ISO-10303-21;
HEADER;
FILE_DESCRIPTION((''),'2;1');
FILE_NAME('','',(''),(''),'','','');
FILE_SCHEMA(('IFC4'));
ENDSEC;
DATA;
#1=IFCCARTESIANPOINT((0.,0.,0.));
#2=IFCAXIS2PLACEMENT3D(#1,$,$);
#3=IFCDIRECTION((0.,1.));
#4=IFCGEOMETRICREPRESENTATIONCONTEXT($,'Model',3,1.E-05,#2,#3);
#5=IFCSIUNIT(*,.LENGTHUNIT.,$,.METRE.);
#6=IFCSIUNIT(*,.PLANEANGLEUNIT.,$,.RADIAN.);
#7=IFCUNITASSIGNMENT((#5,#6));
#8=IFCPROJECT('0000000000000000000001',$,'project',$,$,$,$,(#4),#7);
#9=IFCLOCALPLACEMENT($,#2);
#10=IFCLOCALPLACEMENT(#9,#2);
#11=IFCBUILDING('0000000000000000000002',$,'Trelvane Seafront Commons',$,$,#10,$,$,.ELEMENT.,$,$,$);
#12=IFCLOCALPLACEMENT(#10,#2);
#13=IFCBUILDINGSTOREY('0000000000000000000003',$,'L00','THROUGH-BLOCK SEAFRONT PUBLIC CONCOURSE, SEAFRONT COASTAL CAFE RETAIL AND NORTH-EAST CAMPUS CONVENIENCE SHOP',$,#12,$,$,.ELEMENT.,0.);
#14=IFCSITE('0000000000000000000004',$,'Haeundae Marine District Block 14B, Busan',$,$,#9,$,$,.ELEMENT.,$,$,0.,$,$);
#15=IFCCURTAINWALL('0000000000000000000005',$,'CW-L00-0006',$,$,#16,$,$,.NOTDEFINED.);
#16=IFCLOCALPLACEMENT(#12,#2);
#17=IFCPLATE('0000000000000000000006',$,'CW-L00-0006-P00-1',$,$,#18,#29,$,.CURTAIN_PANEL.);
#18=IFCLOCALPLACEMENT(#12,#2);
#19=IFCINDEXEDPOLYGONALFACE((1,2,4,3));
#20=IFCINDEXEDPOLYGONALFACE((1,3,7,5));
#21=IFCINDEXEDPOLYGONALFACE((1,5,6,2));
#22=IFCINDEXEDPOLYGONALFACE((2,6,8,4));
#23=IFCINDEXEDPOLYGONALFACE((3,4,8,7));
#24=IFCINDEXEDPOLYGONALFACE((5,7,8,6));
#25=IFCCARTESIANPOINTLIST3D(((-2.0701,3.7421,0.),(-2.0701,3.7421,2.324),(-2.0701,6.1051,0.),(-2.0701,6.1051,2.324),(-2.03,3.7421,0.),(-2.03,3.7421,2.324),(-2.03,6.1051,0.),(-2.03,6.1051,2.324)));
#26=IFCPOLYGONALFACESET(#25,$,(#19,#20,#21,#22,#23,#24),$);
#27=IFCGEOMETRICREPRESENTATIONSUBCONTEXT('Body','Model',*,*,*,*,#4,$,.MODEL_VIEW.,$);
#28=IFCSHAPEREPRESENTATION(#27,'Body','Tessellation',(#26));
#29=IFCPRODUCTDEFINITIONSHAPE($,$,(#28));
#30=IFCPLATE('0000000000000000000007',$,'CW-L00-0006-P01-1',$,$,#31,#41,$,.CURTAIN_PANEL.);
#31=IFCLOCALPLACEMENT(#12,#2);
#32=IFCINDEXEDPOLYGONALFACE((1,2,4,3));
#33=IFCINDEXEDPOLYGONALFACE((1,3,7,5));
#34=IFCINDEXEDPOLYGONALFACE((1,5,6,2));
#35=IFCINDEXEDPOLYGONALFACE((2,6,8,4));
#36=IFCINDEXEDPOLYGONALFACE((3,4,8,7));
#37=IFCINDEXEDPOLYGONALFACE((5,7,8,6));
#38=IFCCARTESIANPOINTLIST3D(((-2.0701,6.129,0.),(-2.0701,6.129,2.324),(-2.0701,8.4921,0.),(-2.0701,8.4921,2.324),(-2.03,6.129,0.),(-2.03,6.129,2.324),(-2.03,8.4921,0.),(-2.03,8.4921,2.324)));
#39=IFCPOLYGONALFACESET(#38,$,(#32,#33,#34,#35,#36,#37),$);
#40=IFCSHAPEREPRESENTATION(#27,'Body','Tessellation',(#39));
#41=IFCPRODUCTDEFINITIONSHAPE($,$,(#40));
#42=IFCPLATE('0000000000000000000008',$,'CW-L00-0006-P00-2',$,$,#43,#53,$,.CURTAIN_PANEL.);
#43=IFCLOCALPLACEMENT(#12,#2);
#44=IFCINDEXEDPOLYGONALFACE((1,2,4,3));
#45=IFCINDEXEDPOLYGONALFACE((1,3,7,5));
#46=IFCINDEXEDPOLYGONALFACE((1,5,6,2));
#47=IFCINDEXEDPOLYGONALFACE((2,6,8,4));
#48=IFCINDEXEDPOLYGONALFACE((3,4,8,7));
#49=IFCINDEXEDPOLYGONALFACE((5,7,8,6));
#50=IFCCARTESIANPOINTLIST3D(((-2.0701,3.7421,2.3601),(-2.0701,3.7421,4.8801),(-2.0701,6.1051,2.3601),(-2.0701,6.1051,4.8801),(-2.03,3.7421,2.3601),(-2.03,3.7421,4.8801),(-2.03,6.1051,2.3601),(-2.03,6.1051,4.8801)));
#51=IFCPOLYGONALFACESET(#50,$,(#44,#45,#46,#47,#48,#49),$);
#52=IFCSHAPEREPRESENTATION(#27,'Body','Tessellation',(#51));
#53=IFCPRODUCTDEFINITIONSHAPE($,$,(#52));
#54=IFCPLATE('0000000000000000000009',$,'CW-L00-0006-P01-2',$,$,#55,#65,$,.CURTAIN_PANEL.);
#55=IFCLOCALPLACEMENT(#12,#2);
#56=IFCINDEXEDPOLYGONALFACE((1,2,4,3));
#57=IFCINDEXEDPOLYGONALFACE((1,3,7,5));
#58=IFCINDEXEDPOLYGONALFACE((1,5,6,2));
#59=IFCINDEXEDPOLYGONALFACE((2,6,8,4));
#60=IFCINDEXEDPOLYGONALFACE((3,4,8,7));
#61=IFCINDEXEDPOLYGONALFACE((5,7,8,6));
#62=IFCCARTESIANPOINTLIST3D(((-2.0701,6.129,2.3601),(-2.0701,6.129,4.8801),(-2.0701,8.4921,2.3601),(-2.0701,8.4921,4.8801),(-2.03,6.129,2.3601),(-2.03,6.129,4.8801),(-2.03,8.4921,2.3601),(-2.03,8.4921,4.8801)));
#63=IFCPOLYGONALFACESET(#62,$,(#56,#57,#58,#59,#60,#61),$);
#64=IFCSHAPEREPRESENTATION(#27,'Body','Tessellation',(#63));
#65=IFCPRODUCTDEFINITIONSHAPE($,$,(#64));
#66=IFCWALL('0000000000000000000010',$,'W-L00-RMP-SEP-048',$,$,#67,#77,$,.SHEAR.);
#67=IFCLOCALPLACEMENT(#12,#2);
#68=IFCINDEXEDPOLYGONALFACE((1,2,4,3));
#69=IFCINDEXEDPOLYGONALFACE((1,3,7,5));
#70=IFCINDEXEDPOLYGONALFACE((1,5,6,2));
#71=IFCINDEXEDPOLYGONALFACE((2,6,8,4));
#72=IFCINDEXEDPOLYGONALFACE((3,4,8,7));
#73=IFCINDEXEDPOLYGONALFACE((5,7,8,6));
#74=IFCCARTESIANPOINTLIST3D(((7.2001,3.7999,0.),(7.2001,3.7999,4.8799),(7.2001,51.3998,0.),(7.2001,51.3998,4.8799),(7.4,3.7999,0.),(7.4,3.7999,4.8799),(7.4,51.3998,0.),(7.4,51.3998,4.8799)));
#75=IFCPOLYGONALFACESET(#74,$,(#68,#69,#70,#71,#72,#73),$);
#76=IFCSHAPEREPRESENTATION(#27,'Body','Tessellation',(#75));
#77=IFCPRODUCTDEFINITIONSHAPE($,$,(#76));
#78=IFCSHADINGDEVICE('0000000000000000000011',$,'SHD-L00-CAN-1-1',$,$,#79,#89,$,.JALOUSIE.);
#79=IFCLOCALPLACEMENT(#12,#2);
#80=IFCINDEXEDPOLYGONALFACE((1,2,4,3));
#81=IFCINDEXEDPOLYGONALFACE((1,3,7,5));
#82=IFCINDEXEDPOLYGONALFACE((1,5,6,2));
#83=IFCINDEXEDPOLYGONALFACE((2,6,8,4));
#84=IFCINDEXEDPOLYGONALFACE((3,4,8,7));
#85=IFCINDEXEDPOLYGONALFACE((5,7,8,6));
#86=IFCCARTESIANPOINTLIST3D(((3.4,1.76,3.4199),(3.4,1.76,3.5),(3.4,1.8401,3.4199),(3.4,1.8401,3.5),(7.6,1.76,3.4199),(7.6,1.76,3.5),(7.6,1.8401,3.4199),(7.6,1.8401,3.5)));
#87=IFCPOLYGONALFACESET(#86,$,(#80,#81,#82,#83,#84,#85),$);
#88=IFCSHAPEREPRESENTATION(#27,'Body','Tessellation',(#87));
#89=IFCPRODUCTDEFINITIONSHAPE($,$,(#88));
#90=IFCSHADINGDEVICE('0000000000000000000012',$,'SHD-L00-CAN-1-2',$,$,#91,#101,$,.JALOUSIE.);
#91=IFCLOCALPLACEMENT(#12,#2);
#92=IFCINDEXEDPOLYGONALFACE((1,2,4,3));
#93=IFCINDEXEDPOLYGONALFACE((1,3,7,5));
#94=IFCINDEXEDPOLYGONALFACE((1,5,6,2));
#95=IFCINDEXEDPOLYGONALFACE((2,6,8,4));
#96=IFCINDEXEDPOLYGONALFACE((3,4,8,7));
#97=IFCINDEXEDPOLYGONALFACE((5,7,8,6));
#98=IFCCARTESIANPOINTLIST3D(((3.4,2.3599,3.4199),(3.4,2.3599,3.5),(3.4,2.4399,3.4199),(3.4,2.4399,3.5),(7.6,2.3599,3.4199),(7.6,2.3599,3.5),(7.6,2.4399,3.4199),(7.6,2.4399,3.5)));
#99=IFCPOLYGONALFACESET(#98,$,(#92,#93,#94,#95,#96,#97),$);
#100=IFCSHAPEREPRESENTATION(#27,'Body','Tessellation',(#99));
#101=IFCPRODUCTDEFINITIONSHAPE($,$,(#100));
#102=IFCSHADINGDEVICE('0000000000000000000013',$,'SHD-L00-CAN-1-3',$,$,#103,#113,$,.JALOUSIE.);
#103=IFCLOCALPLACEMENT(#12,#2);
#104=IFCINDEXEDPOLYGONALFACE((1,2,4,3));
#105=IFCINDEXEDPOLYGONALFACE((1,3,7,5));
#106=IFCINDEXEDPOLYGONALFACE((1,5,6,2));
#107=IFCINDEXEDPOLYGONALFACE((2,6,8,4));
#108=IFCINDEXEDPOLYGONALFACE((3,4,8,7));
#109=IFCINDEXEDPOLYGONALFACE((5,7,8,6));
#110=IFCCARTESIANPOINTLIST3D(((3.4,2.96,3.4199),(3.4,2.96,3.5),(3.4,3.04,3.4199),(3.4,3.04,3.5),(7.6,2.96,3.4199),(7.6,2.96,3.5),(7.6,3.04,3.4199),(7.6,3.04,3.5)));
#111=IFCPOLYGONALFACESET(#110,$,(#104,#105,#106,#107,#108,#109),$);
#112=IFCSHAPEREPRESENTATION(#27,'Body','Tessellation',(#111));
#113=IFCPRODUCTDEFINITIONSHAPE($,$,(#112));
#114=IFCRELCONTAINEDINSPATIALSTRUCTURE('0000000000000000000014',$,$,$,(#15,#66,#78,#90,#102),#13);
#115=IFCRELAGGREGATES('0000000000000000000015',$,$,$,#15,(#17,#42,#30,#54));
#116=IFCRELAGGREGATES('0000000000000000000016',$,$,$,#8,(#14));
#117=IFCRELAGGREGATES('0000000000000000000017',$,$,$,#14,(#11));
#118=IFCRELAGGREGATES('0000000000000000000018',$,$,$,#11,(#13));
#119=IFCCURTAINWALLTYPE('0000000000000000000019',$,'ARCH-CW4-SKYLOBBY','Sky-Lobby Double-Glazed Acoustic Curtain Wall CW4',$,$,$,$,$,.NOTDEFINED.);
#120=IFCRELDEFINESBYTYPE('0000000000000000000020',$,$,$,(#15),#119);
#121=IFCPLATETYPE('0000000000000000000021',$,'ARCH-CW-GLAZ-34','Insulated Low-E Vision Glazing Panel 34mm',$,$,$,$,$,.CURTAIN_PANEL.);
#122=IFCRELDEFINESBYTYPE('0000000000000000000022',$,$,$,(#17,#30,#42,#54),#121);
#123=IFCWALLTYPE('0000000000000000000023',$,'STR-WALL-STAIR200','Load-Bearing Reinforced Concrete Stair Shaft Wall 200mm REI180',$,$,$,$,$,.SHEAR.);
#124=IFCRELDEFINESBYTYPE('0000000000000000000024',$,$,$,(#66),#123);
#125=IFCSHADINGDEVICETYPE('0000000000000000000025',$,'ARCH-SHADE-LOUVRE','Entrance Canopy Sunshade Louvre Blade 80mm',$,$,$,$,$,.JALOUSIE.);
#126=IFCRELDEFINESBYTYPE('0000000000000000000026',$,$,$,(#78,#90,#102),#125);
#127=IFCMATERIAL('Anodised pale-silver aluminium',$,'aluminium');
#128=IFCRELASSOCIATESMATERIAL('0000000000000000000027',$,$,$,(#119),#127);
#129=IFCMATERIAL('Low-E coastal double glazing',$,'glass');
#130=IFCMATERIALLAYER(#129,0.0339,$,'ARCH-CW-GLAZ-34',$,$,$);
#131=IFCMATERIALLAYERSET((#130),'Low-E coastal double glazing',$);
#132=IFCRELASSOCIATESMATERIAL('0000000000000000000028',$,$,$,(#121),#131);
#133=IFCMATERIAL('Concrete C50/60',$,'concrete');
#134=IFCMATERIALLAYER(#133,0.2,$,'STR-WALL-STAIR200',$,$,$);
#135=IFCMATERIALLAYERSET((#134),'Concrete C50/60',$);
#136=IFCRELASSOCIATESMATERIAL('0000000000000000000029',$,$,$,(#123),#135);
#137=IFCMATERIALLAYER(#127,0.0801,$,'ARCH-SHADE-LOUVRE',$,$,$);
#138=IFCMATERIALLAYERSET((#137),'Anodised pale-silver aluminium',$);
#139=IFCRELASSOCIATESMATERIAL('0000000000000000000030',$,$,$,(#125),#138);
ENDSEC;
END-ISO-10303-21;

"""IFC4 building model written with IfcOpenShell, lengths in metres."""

from ifc_helpers import new_model, si_unit, direction, frame, frame_2d, origin, origin_2d, place, context, subcontext, project, spatial, rectangle, extrude, source, transform, mapped, material, layer, layer_set, type_object, element, aggregate, save


model = new_model("IFC4")

# Units and contexts
model_context = context("Model", 3, precision=1e-05, world=origin(), true_north=direction((0.0, 1.0)))
body_context = subcontext(model_context, "Body", "Model", "MODEL_VIEW")
ifc_project = project(units=[si_unit("LENGTHUNIT", "METRE"), si_unit("PLANEANGLEUNIT", "RADIAN")], contexts=[model_context])

# Site, building, storey
site_placement = place(None, origin())
site = spatial("IfcSite", under=ifc_project, at=site_placement, Name="Haeundae Marine District Block 14B, Busan", CompositionType="ELEMENT", RefElevation=0.0)
building_placement = place(site_placement, origin())
building = spatial("IfcBuilding", under=site, at=building_placement, Name="Trelvane Seafront Commons", CompositionType="ELEMENT")
storey_placement = place(building_placement, origin())
storey = spatial("IfcBuildingStorey", under=building, at=storey_placement, Name="L00", Description="THROUGH-BLOCK SEAFRONT PUBLIC CONCOURSE, SEAFRONT COASTAL CAFE RETAIL AND NORTH-EAST CAMPUS CONVENIENCE SHOP", CompositionType="ELEMENT", Elevation=0.0)

# Shared definitions
ifc_material_1 = material(Name="Concrete C50/60", Category="concrete")

# Curtain wall
ifc_material_2 = material(Name="Anodised pale-silver aluminium", Category="aluminium")
curtain_wall_type = type_object("IfcCurtainWallType", Name="ARCH-CW4-SKYLOBBY", Description="Sky-Lobby Double-Glazed Acoustic Curtain Wall CW4", PredefinedType="NOTDEFINED", material=ifc_material_2)
curtain_wall_placement = place(storey_placement, origin())
curtain_wall = element("IfcCurtainWall", 1, at=curtain_wall_placement, inside=storey, type_object=curtain_wall_type, Name="CW-L00-0006", PredefinedType="NOTDEFINED")

# Plates
ifc_material_3 = material(Name="Low-E coastal double glazing", Category="glass")
ifc_layer_1 = layer(ifc_material_3, 0.0339, Name="ARCH-CW-GLAZ-34")
ifc_layer_set_1 = layer_set([ifc_layer_1], Name="Low-E coastal double glazing")
plate_type_1 = type_object("IfcPlateType", Name="ARCH-CW-GLAZ-34", Description="Insulated Low-E Vision Glazing Panel 34mm", PredefinedType="CURTAIN_PANEL", material=ifc_layer_set_1)
shared_shape_1 = source(origin(), body_context, "Body", "SweptSolid", [
    extrude(rectangle(XDim=2.363, YDim=0.04, at=origin_2d()), origin(), (0.0, 0.0, 1.0), 2.324),
])
plate_1_placement = place(storey_placement, frame((-2.05, 4.9236, 0.0), z_axis=(0.0, 0.0, 1.0), x_axis=(0.0, 1.0, 0.0)))
plate_1 = element("IfcPlate", 2, at=plate_1_placement, type_object=plate_type_1, Name="CW-L00-0006-P00-1", PredefinedType="CURTAIN_PANEL", context=body_context, shape_type="MappedRepresentation", body=[
    mapped(shared_shape_1, transform((0.0, 0.0, 0.0), x_axis=(1.0, 0.0, 0.0), y_axis=(0.0, 1.0, 0.0), z_axis=(0.0, 0.0, 1.0), scale=1.0)),
])
plate_2_placement = place(storey_placement, frame((-2.05, 7.3105, 0.0), z_axis=(0.0, 0.0, 1.0), x_axis=(0.0, 1.0, 0.0)))
plate_2 = element("IfcPlate", 3, at=plate_2_placement, type_object=plate_type_1, Name="CW-L00-0006-P01-1", PredefinedType="CURTAIN_PANEL", context=body_context, shape_type="MappedRepresentation", body=[
    mapped(shared_shape_1, transform((0.0, 0.0, 0.0), x_axis=(1.0, 0.0, 0.0), y_axis=(0.0, 1.0, 0.0), z_axis=(0.0, 0.0, 1.0), scale=1.0)),
])
shared_shape_2 = source(origin(), body_context, "Body", "SweptSolid", [
    extrude(rectangle(XDim=2.363, YDim=0.04, at=origin_2d()), origin(), (0.0, 0.0, 1.0), 2.52),
])
plate_3_placement = place(storey_placement, frame((-2.05, 4.9236, 2.3601), z_axis=(0.0, 0.0, 1.0), x_axis=(0.0, 1.0, 0.0)))
plate_3 = element("IfcPlate", 4, at=plate_3_placement, type_object=plate_type_1, Name="CW-L00-0006-P00-2", PredefinedType="CURTAIN_PANEL", context=body_context, shape_type="MappedRepresentation", body=[
    mapped(shared_shape_2, transform((0.0, 0.0, 0.0), x_axis=(1.0, 0.0, 0.0), y_axis=(0.0, 1.0, 0.0), z_axis=(0.0, 0.0, 1.0), scale=1.0)),
])
plate_4_placement = place(storey_placement, frame((-2.05, 7.3105, 2.3601), z_axis=(0.0, 0.0, 1.0), x_axis=(0.0, 1.0, 0.0)))
plate_4 = element("IfcPlate", 5, at=plate_4_placement, type_object=plate_type_1, Name="CW-L00-0006-P01-2", PredefinedType="CURTAIN_PANEL", context=body_context, shape_type="MappedRepresentation", body=[
    mapped(shared_shape_2, transform((0.0, 0.0, 0.0), x_axis=(1.0, 0.0, 0.0), y_axis=(0.0, 1.0, 0.0), z_axis=(0.0, 0.0, 1.0), scale=1.0)),
])
aggregate(curtain_wall, [plate_1, plate_3, plate_2, plate_4])

# Wall
ifc_layer_2 = layer(ifc_material_1, 0.2, Name="STR-WALL-STAIR200")
ifc_layer_set_2 = layer_set([ifc_layer_2], Name="Concrete C50/60")
wall_type = type_object("IfcWallType", Name="STR-WALL-STAIR200", Description="Load-Bearing Reinforced Concrete Stair Shaft Wall 200mm REI180", PredefinedType="SHEAR", material=ifc_layer_set_2)
wall_placement = place(storey_placement, frame((7.3, 3.8, 0.0), z_axis=(0.0, 0.0, 1.0), x_axis=(0.0, 1.0, 0.0)))
element("IfcWall", 6, at=wall_placement, inside=storey, type_object=wall_type, Name="W-L00-RMP-SEP-048", PredefinedType="SHEAR", context=body_context, shape_type="SweptSolid", body=[
    extrude(rectangle(XDim=47.5999, YDim=0.2, at=frame_2d((23.7998, 0.0))), origin(), (0.0, 0.0, 1.0), 4.8799),
])

# Shading devices
ifc_layer_3 = layer(ifc_material_2, 0.0801, Name="ARCH-SHADE-LOUVRE")
ifc_layer_set_3 = layer_set([ifc_layer_3], Name="Anodised pale-silver aluminium")
shading_device_type = type_object("IfcShadingDeviceType", Name="ARCH-SHADE-LOUVRE", Description="Entrance Canopy Sunshade Louvre Blade 80mm", PredefinedType="JALOUSIE", material=ifc_layer_set_3)
shared_shape_3 = source(origin(), body_context, "Body", "SweptSolid", [
    extrude(rectangle(XDim=4.2, YDim=0.0801, at=origin_2d()), origin(), (0.0, 0.0, 1.0), 0.0801),
])
for number, where, z_axis, x_axis, name in (
    (7, (5.5, 1.8, 3.4199), (0.0, 0.0, 1.0), (1.0, 0.0, 0.0), "SHD-L00-CAN-1-1"),
    (8, (5.5, 2.3999, 3.4199), (0.0, 0.0, 1.0), (1.0, 0.0, 0.0), "SHD-L00-CAN-1-2"),
    (9, (5.5, 3.0, 3.4199), (0.0, 0.0, 1.0), (1.0, 0.0, 0.0), "SHD-L00-CAN-1-3"),
):
    element("IfcShadingDevice", number, at=place(storey_placement, frame(where, z_axis=z_axis, x_axis=x_axis)), inside=storey, type_object=shading_device_type, Name=name, PredefinedType="JALOUSIE", context=body_context, shape_type="MappedRepresentation", body=[
        mapped(shared_shape_3, transform((0.0, 0.0, 0.0), x_axis=(1.0, 0.0, 0.0), y_axis=(0.0, 1.0, 0.0), z_axis=(0.0, 0.0, 1.0), scale=1.0)),
    ])

save(model, "model.ifc")
